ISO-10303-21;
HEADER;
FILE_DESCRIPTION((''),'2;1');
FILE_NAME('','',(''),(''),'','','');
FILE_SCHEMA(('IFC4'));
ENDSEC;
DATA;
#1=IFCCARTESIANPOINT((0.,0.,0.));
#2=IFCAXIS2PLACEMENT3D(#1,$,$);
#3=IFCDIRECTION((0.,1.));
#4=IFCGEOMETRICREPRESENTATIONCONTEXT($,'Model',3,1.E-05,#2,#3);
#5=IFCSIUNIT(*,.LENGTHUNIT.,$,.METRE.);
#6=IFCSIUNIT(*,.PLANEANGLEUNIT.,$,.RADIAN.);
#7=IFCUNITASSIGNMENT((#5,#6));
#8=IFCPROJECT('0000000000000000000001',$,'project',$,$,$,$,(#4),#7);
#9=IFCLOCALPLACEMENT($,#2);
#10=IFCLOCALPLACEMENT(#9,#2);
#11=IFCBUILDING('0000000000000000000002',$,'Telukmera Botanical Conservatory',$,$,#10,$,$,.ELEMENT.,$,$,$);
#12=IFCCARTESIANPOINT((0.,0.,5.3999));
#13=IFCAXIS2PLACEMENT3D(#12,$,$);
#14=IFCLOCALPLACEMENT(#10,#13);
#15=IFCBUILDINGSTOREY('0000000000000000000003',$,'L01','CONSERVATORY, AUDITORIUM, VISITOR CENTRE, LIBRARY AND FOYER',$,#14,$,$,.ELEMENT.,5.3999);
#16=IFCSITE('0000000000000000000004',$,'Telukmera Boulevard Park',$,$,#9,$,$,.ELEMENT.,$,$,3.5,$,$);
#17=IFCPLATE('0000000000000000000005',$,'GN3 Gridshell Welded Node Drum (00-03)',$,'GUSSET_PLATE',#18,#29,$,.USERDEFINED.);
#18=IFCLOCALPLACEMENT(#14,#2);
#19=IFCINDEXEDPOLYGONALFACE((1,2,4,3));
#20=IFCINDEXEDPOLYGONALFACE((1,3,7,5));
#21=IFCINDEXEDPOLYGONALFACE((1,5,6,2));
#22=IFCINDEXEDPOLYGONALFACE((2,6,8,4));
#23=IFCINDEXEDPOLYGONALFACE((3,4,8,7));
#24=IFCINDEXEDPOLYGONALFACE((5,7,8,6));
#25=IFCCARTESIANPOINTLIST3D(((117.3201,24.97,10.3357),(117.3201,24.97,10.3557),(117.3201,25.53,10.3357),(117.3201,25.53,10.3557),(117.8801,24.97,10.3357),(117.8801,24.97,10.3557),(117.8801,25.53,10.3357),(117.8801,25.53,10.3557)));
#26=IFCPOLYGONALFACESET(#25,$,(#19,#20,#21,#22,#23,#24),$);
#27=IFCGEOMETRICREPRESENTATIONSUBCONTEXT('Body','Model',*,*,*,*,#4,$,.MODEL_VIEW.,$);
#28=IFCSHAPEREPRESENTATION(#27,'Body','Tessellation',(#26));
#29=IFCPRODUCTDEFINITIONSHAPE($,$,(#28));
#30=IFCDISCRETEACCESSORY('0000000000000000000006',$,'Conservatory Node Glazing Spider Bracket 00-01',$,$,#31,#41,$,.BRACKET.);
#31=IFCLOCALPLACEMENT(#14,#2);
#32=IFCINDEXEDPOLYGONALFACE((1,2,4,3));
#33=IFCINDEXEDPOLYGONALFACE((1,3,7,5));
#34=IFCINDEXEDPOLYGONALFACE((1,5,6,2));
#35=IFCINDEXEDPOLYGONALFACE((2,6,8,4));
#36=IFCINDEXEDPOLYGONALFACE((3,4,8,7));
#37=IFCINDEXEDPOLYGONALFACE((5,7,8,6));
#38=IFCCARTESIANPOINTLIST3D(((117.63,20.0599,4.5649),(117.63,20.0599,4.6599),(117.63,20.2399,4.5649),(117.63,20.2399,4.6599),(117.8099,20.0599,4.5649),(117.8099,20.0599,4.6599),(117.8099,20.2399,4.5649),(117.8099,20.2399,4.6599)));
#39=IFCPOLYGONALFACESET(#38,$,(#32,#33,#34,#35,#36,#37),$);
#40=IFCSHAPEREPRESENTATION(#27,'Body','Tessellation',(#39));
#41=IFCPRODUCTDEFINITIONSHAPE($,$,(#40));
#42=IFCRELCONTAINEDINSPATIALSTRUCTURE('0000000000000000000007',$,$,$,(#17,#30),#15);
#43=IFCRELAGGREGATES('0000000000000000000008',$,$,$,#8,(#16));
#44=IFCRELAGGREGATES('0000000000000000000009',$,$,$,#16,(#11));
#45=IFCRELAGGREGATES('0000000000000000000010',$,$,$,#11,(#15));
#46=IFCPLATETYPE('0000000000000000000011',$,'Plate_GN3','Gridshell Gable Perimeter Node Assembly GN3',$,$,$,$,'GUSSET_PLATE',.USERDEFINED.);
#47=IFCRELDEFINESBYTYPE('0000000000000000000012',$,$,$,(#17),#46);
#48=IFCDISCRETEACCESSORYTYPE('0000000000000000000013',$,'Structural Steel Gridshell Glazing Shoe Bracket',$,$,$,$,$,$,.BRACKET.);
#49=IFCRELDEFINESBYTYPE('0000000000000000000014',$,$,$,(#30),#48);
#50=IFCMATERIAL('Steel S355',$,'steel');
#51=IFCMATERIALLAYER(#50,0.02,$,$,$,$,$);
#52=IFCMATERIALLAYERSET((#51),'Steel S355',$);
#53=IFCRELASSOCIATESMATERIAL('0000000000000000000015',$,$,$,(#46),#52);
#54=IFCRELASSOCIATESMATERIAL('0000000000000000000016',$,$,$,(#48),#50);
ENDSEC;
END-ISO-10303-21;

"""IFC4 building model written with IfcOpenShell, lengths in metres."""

from ifc_helpers import new_model, si_unit, direction, frame, origin, origin_2d, place, context, subcontext, project, spatial, rectangle, extrude, material, layer, layer_set, type_object, element, save


model = new_model("IFC4")

# Units and contexts
model_context = context("Model", 3, precision=1e-05, world=origin(), true_north=direction((0.0, 1.0)))
body_context = subcontext(model_context, "Body", "Model", "MODEL_VIEW")
ifc_project = project(units=[si_unit("LENGTHUNIT", "METRE"), si_unit("PLANEANGLEUNIT", "RADIAN")], contexts=[model_context])

# Site, building, storey
site_placement = place(None, origin())
site = spatial("IfcSite", under=ifc_project, at=site_placement, Name="Telukmera Boulevard Park", CompositionType="ELEMENT", RefElevation=3.5)
building_placement = place(site_placement, origin())
building = spatial("IfcBuilding", under=site, at=building_placement, Name="Telukmera Botanical Conservatory", CompositionType="ELEMENT")
storey_placement = place(building_placement, frame((0.0, 0.0, 5.3999)))
storey = spatial("IfcBuildingStorey", under=building, at=storey_placement, Name="L01", Description="CONSERVATORY, AUDITORIUM, VISITOR CENTRE, LIBRARY AND FOYER", CompositionType="ELEMENT", Elevation=5.3999)

# Shared definitions
ifc_material_1 = material(Name="Steel S355", Category="steel")

# Plate
ifc_layer_1 = layer(ifc_material_1, 0.02)
ifc_layer_set_1 = layer_set([ifc_layer_1], Name="Steel S355")
plate_type_1 = type_object("IfcPlateType", Name="Plate_GN3", Description="Gridshell Gable Perimeter Node Assembly GN3", ElementType="GUSSET_PLATE", PredefinedType="USERDEFINED", material=ifc_layer_set_1)
for number, where, z_axis, x_axis, name in (
    (1, (117.6001, 25.25, 10.3357), (0.0, 0.0, 1.0), (1.0, 0.0, 0.0), "GN3 Gridshell Welded Node Drum (00-03)"),
):
    element("IfcPlate", number, at=place(storey_placement, frame(where, z_axis=z_axis, x_axis=x_axis)), inside=storey, type_object=plate_type_1, Name=name, ObjectType="GUSSET_PLATE", PredefinedType="USERDEFINED", context=body_context, shape_type="SweptSolid", body=[
        extrude(rectangle(XDim=0.5601, YDim=0.5601, at=origin_2d()), origin(), (0.0, 0.0, 1.0), 0.02),
    ])

# Discrete accessory
discrete_accessory_type = type_object("IfcDiscreteAccessoryType", Name="Structural Steel Gridshell Glazing Shoe Bracket", PredefinedType="BRACKET", material=ifc_material_1)
discrete_accessory_placement = place(storey_placement, frame((117.72, 20.1499, 4.5649), z_axis=(0.0, 0.0, 1.0), x_axis=(1.0, 0.0, 0.0)))
element("IfcDiscreteAccessory", 2, at=discrete_accessory_placement, inside=storey, type_object=discrete_accessory_type, Name="Conservatory Node Glazing Spider Bracket 00-01", PredefinedType="BRACKET", context=body_context, shape_type="SweptSolid", body=[
    extrude(rectangle(XDim=0.1799, YDim=0.1799, at=origin_2d()), origin(), (0.0, 0.0, 1.0), 0.095),
])

save(model, "model.ifc")
